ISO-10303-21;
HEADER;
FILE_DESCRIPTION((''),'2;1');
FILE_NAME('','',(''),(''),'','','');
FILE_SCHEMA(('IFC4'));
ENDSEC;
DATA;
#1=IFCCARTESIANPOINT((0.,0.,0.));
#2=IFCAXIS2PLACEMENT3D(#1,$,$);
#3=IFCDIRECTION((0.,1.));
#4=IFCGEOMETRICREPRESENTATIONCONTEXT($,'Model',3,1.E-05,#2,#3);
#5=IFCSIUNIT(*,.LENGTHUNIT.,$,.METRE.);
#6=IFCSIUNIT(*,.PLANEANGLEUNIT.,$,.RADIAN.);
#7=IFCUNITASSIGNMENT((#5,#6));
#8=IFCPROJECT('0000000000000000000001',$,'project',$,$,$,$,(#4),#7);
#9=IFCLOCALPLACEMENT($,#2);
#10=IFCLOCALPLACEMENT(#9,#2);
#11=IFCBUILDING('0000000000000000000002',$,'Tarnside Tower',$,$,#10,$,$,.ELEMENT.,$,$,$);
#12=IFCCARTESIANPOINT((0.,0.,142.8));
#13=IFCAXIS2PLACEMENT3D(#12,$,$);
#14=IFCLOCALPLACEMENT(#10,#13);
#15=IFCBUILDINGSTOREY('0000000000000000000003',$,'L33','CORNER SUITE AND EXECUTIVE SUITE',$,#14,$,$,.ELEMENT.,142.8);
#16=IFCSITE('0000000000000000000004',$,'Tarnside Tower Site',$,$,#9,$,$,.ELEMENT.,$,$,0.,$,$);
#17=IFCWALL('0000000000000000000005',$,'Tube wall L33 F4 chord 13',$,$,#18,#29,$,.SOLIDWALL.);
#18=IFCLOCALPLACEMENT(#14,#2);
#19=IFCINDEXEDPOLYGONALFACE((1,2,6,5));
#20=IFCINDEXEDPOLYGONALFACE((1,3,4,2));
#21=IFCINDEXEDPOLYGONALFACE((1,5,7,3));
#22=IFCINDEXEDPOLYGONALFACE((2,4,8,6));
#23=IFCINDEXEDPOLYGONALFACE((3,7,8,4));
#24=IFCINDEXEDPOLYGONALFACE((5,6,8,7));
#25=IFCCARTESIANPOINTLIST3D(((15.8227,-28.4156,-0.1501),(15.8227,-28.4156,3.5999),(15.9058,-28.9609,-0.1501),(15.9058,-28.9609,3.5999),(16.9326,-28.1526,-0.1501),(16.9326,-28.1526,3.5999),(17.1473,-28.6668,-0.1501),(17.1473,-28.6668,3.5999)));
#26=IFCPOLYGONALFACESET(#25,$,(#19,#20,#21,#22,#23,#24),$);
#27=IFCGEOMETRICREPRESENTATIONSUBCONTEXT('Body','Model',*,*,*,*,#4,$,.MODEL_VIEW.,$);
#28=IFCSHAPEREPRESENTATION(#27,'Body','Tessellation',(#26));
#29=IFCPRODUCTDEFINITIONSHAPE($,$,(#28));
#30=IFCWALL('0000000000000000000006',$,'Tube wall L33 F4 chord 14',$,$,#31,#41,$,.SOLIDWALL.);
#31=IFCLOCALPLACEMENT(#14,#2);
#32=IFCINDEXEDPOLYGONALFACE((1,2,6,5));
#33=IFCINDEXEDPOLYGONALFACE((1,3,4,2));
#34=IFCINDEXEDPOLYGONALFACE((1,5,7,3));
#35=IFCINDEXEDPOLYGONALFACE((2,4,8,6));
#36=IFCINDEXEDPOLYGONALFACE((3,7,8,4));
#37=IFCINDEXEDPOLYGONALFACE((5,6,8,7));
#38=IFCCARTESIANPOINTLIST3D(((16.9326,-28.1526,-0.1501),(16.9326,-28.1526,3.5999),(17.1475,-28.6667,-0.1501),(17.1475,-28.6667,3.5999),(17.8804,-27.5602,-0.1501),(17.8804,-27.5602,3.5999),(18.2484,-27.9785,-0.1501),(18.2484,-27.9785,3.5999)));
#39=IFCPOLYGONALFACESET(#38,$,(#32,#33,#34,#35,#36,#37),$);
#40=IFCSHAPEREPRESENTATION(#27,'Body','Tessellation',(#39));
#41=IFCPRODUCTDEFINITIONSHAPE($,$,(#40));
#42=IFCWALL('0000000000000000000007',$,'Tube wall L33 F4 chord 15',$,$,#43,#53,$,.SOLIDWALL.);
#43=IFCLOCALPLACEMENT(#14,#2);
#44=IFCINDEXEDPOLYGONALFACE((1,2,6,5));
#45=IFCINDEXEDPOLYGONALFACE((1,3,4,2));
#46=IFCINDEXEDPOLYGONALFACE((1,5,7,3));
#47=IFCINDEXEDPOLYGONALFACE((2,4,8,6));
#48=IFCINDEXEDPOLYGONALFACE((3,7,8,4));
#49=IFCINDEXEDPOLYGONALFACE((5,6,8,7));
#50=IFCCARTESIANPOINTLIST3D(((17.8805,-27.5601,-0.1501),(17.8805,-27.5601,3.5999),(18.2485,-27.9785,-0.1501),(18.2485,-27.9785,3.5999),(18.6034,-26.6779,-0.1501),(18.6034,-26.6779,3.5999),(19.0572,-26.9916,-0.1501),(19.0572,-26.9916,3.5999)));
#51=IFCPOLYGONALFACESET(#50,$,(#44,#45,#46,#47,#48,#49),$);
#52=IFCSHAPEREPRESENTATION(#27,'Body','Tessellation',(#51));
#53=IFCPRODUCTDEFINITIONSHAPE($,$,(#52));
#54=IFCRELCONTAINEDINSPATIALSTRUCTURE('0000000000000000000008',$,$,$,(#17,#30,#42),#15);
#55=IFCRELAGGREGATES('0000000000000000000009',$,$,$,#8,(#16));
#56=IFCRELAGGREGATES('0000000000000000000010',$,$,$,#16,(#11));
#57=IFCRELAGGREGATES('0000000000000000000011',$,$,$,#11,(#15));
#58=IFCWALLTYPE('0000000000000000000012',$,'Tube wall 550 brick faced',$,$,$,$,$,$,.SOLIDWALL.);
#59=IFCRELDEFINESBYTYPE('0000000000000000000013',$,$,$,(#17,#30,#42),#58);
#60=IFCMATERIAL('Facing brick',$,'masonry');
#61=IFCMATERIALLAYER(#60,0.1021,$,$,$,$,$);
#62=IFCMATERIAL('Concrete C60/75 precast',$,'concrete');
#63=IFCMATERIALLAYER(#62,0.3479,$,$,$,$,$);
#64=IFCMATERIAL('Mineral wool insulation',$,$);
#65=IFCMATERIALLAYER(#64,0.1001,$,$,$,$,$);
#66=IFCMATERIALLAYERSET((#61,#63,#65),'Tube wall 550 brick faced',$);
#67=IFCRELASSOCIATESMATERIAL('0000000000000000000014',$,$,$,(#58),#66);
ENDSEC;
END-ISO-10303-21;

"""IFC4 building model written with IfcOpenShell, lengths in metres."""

from ifc_helpers import new_model, si_unit, direction, frame, origin, place, context, subcontext, project, spatial, polyline, outline, extrude, material, layer, layer_set, type_object, element, save


model = new_model("IFC4")

# Units and contexts
model_context = context("Model", 3, precision=1e-05, world=origin(), true_north=direction((0.0, 1.0)))
body_context = subcontext(model_context, "Body", "Model", "MODEL_VIEW")
ifc_project = project(units=[si_unit("LENGTHUNIT", "METRE"), si_unit("PLANEANGLEUNIT", "RADIAN")], contexts=[model_context])

# Site, building, storey
site_placement = place(None, origin())
site = spatial("IfcSite", under=ifc_project, at=site_placement, Name="Tarnside Tower Site", CompositionType="ELEMENT", RefElevation=0.0)
building_placement = place(site_placement, origin())
building = spatial("IfcBuilding", under=site, at=building_placement, Name="Tarnside Tower", CompositionType="ELEMENT")
storey_placement = place(building_placement, frame((0.0, 0.0, 142.8)))
storey = spatial("IfcBuildingStorey", under=building, at=storey_placement, Name="L33", Description="CORNER SUITE AND EXECUTIVE SUITE", CompositionType="ELEMENT", Elevation=142.8)

# Walls
ifc_material_1 = material(Name="Facing brick", Category="masonry")
ifc_layer_1 = layer(ifc_material_1, 0.1021)
ifc_material_2 = material(Name="Concrete C60/75 precast", Category="concrete")
ifc_layer_2 = layer(ifc_material_2, 0.3479)
ifc_material_3 = material(Name="Mineral wool insulation")
ifc_layer_3 = layer(ifc_material_3, 0.1001)
ifc_layer_set_1 = layer_set([ifc_layer_1, ifc_layer_2, ifc_layer_3], Name="Tube wall 550 brick faced")
wall_type_1 = type_object("IfcWallType", Name="Tube wall 550 brick faced", PredefinedType="SOLIDWALL", material=ifc_layer_set_1)
wall_1_placement = place(storey_placement, frame((15.8643, -28.6882, -0.1501), z_axis=(0.0, 0.0, 1.0), x_axis=(0.973064, 0.230537, 0.0)))
element("IfcWall", 1, at=wall_1_placement, inside=storey, type_object=wall_type_1, Name="Tube wall L33 F4 chord 13", PredefinedType="SOLIDWALL", context=body_context, shape_type="SweptSolid", body=[
    extrude(outline(polyline([(-0.0225, -0.2749), (1.2534, -0.2749), (1.1631, 0.2749), (0.0225, 0.2749), (-0.0225, -0.2749)])), origin(), (0.0, 0.0, 1.0), 3.75),
])
wall_2_placement = place(storey_placement, frame((17.04, -28.4097, -0.1501), z_axis=(0.0, 0.0, 1.0), x_axis=(0.847953, 0.530072, 0.0)))
element("IfcWall", 2, at=wall_2_placement, inside=storey, type_object=wall_type_1, Name="Tube wall L33 F4 chord 14", PredefinedType="SOLIDWALL", context=body_context, shape_type="SweptSolid", body=[
    extrude(outline(polyline([(-0.0452, -0.2749), (1.2532, -0.2749), (1.1628, 0.2749), (0.0452, 0.2749), (-0.0452, -0.2749)])), origin(), (0.0, 0.0, 1.0), 3.75),
])
wall_3_placement = place(storey_placement, frame((18.0645, -27.7693, -0.1501), z_axis=(0.0, 0.0, 1.0), x_axis=(0.633843, 0.773462, 0.0)))
element("IfcWall", 3, at=wall_3_placement, inside=storey, type_object=wall_type_1, Name="Tube wall L33 F4 chord 15", PredefinedType="SOLIDWALL", context=body_context, shape_type="SweptSolid", body=[
    extrude(outline(polyline([(-0.0452, -0.2749), (1.2307, -0.2749), (1.1858, 0.2749), (0.0452, 0.2749), (-0.0452, -0.2749)])), origin(), (0.0, 0.0, 1.0), 3.75),
])

save(model, "model.ifc")
